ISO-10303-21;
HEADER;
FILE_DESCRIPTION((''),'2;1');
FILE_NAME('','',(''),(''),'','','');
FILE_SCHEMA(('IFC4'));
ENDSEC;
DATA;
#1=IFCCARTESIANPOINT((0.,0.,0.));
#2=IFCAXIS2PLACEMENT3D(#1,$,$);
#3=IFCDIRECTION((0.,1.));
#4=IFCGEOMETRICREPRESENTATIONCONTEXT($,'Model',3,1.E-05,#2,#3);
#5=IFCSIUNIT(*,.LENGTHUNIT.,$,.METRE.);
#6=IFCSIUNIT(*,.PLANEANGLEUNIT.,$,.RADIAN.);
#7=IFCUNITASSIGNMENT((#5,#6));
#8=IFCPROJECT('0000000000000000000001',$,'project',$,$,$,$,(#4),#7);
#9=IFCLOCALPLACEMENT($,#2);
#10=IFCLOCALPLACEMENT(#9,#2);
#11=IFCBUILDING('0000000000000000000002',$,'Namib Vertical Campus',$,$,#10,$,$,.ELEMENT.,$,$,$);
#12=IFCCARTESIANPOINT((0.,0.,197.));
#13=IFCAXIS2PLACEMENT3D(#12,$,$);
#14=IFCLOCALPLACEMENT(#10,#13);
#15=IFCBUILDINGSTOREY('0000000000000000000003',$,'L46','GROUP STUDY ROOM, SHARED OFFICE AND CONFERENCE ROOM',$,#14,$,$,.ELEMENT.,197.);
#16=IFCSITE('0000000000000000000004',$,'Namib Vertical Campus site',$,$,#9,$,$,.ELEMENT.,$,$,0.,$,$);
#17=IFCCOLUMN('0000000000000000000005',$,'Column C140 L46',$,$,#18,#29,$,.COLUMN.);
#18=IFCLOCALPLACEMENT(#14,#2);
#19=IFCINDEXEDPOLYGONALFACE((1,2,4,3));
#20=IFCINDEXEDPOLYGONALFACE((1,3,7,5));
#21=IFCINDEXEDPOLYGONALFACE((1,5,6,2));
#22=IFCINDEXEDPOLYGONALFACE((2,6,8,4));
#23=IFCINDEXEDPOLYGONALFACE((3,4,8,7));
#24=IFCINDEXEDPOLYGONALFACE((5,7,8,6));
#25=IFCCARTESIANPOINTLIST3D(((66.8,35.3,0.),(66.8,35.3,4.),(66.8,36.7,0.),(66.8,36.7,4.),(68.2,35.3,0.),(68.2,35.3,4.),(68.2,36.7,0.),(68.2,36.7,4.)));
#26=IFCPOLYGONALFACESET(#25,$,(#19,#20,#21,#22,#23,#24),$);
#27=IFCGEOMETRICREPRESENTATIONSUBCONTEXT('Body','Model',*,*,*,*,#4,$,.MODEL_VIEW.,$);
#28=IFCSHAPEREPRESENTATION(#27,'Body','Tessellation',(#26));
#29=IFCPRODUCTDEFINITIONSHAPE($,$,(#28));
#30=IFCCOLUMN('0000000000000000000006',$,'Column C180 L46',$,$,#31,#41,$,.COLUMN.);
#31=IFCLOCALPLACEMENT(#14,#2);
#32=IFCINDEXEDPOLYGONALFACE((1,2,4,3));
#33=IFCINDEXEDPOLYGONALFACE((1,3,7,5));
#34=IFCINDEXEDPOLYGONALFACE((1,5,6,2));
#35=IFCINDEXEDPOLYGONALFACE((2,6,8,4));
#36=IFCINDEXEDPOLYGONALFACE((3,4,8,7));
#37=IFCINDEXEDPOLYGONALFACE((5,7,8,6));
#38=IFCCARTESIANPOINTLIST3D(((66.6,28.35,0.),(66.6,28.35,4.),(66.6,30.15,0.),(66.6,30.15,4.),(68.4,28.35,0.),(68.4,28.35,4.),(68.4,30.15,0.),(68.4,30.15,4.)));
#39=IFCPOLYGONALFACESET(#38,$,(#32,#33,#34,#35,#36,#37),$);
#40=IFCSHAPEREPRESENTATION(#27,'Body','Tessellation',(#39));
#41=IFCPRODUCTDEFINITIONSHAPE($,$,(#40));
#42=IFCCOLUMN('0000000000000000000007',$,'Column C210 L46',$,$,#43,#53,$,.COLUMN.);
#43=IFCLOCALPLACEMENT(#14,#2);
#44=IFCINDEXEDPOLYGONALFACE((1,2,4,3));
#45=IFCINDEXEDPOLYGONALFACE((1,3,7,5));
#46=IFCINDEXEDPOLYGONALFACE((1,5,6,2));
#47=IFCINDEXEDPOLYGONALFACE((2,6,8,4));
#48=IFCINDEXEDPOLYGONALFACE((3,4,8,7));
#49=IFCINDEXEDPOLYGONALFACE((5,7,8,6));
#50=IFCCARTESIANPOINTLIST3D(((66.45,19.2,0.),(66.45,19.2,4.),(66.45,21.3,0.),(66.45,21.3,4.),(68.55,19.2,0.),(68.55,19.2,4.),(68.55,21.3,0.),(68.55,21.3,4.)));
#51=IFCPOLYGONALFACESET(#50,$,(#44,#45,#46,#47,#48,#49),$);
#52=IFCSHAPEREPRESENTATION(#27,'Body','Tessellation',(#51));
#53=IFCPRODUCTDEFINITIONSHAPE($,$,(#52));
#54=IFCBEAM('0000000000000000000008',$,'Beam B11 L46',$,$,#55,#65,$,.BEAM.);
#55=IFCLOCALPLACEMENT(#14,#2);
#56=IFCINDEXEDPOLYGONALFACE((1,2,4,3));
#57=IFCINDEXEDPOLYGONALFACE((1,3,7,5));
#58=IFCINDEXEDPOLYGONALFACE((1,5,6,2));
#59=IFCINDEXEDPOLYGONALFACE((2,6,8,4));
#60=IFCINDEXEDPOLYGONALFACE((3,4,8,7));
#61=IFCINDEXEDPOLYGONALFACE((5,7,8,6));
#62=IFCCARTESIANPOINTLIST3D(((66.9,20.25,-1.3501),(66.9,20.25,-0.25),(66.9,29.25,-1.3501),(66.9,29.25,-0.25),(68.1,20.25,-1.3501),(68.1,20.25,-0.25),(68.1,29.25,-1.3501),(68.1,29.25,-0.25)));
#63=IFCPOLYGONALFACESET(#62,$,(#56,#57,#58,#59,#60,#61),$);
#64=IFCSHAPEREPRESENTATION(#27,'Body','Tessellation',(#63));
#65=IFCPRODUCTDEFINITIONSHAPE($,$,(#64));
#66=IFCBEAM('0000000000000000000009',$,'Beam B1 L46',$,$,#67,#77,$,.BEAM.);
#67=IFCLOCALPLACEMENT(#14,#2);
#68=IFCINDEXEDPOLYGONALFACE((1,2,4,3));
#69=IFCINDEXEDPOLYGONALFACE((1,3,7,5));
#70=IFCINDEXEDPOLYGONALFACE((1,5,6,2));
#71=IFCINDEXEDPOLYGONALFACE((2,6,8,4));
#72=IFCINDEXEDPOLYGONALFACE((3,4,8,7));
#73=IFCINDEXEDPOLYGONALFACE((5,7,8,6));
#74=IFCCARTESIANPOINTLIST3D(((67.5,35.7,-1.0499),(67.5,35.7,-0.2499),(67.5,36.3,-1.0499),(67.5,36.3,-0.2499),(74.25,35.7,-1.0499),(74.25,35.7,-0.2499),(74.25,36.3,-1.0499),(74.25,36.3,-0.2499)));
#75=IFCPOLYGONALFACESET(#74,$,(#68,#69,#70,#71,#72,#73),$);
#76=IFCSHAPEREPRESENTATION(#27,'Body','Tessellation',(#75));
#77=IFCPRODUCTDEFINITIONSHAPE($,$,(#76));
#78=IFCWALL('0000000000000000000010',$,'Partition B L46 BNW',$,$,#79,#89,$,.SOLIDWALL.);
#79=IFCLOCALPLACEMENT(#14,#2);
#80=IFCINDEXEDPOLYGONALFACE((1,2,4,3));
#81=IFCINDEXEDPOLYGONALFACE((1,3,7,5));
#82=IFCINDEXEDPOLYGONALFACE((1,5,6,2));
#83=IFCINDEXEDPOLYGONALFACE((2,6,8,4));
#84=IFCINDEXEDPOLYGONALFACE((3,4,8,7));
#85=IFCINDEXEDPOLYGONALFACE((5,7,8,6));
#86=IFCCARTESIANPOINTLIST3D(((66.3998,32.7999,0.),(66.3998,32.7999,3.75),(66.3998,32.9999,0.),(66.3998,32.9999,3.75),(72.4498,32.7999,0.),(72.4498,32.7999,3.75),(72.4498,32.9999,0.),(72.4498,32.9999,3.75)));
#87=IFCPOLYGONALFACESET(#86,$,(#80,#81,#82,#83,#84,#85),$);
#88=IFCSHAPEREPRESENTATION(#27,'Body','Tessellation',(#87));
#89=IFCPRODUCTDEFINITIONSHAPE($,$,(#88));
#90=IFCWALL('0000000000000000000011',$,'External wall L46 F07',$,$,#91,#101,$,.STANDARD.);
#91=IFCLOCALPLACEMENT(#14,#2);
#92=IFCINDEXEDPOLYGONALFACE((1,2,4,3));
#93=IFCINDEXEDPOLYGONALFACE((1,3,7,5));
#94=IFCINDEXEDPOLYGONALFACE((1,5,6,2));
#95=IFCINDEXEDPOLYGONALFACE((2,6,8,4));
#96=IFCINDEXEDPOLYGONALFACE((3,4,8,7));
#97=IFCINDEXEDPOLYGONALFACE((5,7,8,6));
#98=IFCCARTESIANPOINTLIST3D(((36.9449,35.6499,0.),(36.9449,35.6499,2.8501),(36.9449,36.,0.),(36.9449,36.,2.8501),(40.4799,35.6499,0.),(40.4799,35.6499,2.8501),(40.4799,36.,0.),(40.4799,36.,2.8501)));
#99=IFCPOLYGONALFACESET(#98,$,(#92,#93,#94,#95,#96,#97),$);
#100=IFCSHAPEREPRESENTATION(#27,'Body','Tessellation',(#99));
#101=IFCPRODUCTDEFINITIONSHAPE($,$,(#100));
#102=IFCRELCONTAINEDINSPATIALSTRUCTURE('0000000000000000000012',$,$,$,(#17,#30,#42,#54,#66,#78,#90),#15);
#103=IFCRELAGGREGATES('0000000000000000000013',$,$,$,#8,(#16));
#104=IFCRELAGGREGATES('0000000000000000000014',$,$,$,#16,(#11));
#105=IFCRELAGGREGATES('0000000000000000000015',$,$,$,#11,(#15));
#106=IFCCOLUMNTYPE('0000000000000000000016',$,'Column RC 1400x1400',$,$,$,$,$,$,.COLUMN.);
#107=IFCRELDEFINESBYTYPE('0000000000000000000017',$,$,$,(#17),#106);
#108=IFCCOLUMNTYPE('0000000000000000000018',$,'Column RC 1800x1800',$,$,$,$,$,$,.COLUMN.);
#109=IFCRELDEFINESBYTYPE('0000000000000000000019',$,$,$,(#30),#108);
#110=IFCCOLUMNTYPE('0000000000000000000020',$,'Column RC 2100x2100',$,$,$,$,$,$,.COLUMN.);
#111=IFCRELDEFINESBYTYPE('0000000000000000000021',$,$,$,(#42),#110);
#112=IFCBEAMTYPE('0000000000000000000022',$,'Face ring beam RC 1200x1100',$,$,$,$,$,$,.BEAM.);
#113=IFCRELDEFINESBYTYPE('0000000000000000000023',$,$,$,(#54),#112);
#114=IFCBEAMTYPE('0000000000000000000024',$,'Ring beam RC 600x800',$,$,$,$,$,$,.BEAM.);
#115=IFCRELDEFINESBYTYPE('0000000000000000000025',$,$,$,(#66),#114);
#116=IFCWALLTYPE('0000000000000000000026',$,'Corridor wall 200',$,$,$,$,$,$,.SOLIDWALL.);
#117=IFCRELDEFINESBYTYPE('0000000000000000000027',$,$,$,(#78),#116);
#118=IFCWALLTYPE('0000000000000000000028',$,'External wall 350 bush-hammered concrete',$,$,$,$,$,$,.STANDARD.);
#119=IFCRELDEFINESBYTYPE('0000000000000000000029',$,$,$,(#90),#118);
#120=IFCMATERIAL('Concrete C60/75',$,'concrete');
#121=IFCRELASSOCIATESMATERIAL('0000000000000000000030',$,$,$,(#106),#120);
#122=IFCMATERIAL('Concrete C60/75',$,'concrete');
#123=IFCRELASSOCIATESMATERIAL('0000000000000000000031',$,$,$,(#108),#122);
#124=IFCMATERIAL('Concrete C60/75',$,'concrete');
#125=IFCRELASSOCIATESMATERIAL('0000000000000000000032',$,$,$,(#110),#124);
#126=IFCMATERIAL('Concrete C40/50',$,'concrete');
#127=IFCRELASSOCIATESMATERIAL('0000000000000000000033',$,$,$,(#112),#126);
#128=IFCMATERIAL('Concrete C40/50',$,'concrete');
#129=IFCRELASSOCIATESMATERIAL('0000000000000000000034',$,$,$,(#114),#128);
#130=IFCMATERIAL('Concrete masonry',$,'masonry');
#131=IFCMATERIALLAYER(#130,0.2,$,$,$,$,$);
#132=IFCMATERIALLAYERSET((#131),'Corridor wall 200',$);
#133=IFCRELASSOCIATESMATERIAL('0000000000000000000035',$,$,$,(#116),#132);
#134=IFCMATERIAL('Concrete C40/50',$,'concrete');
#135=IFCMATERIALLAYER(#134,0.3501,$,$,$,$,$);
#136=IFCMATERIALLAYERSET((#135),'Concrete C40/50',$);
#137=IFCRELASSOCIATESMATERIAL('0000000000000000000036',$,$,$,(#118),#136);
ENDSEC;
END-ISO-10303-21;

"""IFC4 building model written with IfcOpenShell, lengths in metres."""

from ifc_helpers import new_model, si_unit, direction, frame, frame_2d, origin, origin_2d, place, context, subcontext, project, spatial, rectangle, extrude, material, layer, layer_set, material_profile, profile_set, type_object, element, save


model = new_model("IFC4")

# Units and contexts
model_context = context("Model", 3, precision=1e-05, world=origin(), true_north=direction((0.0, 1.0)))
body_context = subcontext(model_context, "Body", "Model", "MODEL_VIEW")
ifc_project = project(units=[si_unit("LENGTHUNIT", "METRE"), si_unit("PLANEANGLEUNIT", "RADIAN")], contexts=[model_context])

# Site, building, storey
site_placement = place(None, origin())
site = spatial("IfcSite", under=ifc_project, at=site_placement, Name="Namib Vertical Campus site", CompositionType="ELEMENT", RefElevation=0.0)
building_placement = place(site_placement, origin())
building = spatial("IfcBuilding", under=site, at=building_placement, Name="Namib Vertical Campus", CompositionType="ELEMENT")
storey_placement = place(building_placement, frame((0.0, 0.0, 197.0)))
storey = spatial("IfcBuildingStorey", under=building, at=storey_placement, Name="L46", Description="GROUP STUDY ROOM, SHARED OFFICE AND CONFERENCE ROOM", CompositionType="ELEMENT", Elevation=197.0)

# Columns
ifc_material_1 = material(Name="Concrete C60/75", Category="concrete")
ifc_material_profile_1 = material_profile(ifc_material_1, rectangle(XDim=1.3999, YDim=1.3999, at=origin_2d()))
ifc_profile_set_1 = profile_set([ifc_material_profile_1], Name="Concrete C60/75")
column_type_1 = type_object("IfcColumnType", Name="Column RC 1400x1400", PredefinedType="COLUMN", material=ifc_profile_set_1)
column_1_placement = place(storey_placement, frame((67.5, 36.0, 0.0), z_axis=(0.0, 0.0, 1.0), x_axis=(1.0, 0.0, 0.0)))
element("IfcColumn", 1, at=column_1_placement, inside=storey, type_object=column_type_1, Name="Column C140 L46", PredefinedType="COLUMN", context=body_context, shape_type="SweptSolid", body=[
    extrude(rectangle(XDim=1.3999, YDim=1.3999, at=origin_2d()), origin(), (0.0, 0.0, 1.0), 4.0),
])
ifc_material_2 = material(Name="Concrete C60/75", Category="concrete")
ifc_material_profile_2 = material_profile(ifc_material_2, rectangle(XDim=1.8, YDim=1.8, at=origin_2d()))
ifc_profile_set_2 = profile_set([ifc_material_profile_2], Name="Concrete C60/75")
column_type_2 = type_object("IfcColumnType", Name="Column RC 1800x1800", PredefinedType="COLUMN", material=ifc_profile_set_2)
column_2_placement = place(storey_placement, frame((67.5, 29.25, 0.0), z_axis=(0.0, 0.0, 1.0), x_axis=(1.0, 0.0, 0.0)))
element("IfcColumn", 2, at=column_2_placement, inside=storey, type_object=column_type_2, Name="Column C180 L46", PredefinedType="COLUMN", context=body_context, shape_type="SweptSolid", body=[
    extrude(rectangle(XDim=1.8, YDim=1.8, at=origin_2d()), origin(), (0.0, 0.0, 1.0), 4.0),
])
ifc_material_3 = material(Name="Concrete C60/75", Category="concrete")
ifc_material_profile_3 = material_profile(ifc_material_3, rectangle(XDim=2.1001, YDim=2.1001, at=origin_2d()))
ifc_profile_set_3 = profile_set([ifc_material_profile_3], Name="Concrete C60/75")
column_type_3 = type_object("IfcColumnType", Name="Column RC 2100x2100", PredefinedType="COLUMN", material=ifc_profile_set_3)
column_3_placement = place(storey_placement, frame((67.5, 20.25, 0.0), z_axis=(0.0, 0.0, 1.0), x_axis=(1.0, 0.0, 0.0)))
element("IfcColumn", 3, at=column_3_placement, inside=storey, type_object=column_type_3, Name="Column C210 L46", PredefinedType="COLUMN", context=body_context, shape_type="SweptSolid", body=[
    extrude(rectangle(XDim=2.1001, YDim=2.1001, at=origin_2d()), origin(), (0.0, 0.0, 1.0), 4.0),
])

# Beams
ifc_material_4 = material(Name="Concrete C40/50", Category="concrete")
ifc_material_profile_4 = material_profile(ifc_material_4, rectangle(XDim=1.2, YDim=1.1001, at=origin_2d()))
ifc_profile_set_4 = profile_set([ifc_material_profile_4], Name="Concrete C40/50")
beam_type_1 = type_object("IfcBeamType", Name="Face ring beam RC 1200x1100", PredefinedType="BEAM", material=ifc_profile_set_4)
beam_1_placement = place(storey_placement, frame((67.5, 20.25, -0.8), z_axis=(0.0, 1.0, 0.0), x_axis=(-1.0, 0.0, 0.0)))
element("IfcBeam", 4, at=beam_1_placement, inside=storey, type_object=beam_type_1, Name="Beam B11 L46", PredefinedType="BEAM", context=body_context, shape_type="SweptSolid", body=[
    extrude(rectangle(XDim=1.2, YDim=1.1001, at=origin_2d()), origin(), (0.0, 0.0, 1.0), 9.0),
])
ifc_material_5 = material(Name="Concrete C40/50", Category="concrete")
ifc_material_profile_5 = material_profile(ifc_material_5, rectangle(XDim=0.6001, YDim=0.8, at=origin_2d()))
ifc_profile_set_5 = profile_set([ifc_material_profile_5], Name="Concrete C40/50")
beam_type_2 = type_object("IfcBeamType", Name="Ring beam RC 600x800", PredefinedType="BEAM", material=ifc_profile_set_5)
beam_2_placement = place(storey_placement, frame((67.5, 36.0, -0.6499), z_axis=(1.0, 0.0, 0.0), x_axis=(0.0, 1.0, 0.0)))
element("IfcBeam", 5, at=beam_2_placement, inside=storey, type_object=beam_type_2, Name="Beam B1 L46", PredefinedType="BEAM", context=body_context, shape_type="SweptSolid", body=[
    extrude(rectangle(XDim=0.6001, YDim=0.8, at=origin_2d()), origin(), (0.0, 0.0, 1.0), 6.75),
])

# Walls
ifc_material_6 = material(Name="Concrete masonry", Category="masonry")
ifc_layer_1 = layer(ifc_material_6, 0.2)
ifc_layer_set_1 = layer_set([ifc_layer_1], Name="Corridor wall 200")
wall_type_1 = type_object("IfcWallType", Name="Corridor wall 200", PredefinedType="SOLIDWALL", material=ifc_layer_set_1)
wall_1_placement = place(storey_placement, frame((66.3999, 32.8999, 0.0), z_axis=(0.0, 0.0, 1.0), x_axis=(1.0, 0.0, 0.0)))
element("IfcWall", 6, at=wall_1_placement, inside=storey, type_object=wall_type_1, Name="Partition B L46 BNW", PredefinedType="SOLIDWALL", context=body_context, shape_type="SweptSolid", body=[
    extrude(rectangle(XDim=6.05, YDim=0.2, at=frame_2d((3.0249, 0.0))), origin(), (0.0, 0.0, 1.0), 3.75),
])
ifc_material_7 = material(Name="Concrete C40/50", Category="concrete")
ifc_layer_2 = layer(ifc_material_7, 0.3501)
ifc_layer_set_2 = layer_set([ifc_layer_2], Name="Concrete C40/50")
wall_type_2 = type_object("IfcWallType", Name="External wall 350 bush-hammered concrete", PredefinedType="STANDARD", material=ifc_layer_set_2)
wall_2_placement = place(storey_placement, frame((40.48, 35.825, 0.0), z_axis=(0.0, 0.0, 1.0), x_axis=(-1.0, 0.0, 0.0)))
element("IfcWall", 7, at=wall_2_placement, inside=storey, type_object=wall_type_2, Name="External wall L46 F07", PredefinedType="STANDARD", context=body_context, shape_type="SweptSolid", body=[
    extrude(rectangle(XDim=3.5349, YDim=0.3501, at=frame_2d((1.7676, 0.0))), origin(), (0.0, 0.0, 1.0), 2.8501),
])

save(model, "model.ifc")
